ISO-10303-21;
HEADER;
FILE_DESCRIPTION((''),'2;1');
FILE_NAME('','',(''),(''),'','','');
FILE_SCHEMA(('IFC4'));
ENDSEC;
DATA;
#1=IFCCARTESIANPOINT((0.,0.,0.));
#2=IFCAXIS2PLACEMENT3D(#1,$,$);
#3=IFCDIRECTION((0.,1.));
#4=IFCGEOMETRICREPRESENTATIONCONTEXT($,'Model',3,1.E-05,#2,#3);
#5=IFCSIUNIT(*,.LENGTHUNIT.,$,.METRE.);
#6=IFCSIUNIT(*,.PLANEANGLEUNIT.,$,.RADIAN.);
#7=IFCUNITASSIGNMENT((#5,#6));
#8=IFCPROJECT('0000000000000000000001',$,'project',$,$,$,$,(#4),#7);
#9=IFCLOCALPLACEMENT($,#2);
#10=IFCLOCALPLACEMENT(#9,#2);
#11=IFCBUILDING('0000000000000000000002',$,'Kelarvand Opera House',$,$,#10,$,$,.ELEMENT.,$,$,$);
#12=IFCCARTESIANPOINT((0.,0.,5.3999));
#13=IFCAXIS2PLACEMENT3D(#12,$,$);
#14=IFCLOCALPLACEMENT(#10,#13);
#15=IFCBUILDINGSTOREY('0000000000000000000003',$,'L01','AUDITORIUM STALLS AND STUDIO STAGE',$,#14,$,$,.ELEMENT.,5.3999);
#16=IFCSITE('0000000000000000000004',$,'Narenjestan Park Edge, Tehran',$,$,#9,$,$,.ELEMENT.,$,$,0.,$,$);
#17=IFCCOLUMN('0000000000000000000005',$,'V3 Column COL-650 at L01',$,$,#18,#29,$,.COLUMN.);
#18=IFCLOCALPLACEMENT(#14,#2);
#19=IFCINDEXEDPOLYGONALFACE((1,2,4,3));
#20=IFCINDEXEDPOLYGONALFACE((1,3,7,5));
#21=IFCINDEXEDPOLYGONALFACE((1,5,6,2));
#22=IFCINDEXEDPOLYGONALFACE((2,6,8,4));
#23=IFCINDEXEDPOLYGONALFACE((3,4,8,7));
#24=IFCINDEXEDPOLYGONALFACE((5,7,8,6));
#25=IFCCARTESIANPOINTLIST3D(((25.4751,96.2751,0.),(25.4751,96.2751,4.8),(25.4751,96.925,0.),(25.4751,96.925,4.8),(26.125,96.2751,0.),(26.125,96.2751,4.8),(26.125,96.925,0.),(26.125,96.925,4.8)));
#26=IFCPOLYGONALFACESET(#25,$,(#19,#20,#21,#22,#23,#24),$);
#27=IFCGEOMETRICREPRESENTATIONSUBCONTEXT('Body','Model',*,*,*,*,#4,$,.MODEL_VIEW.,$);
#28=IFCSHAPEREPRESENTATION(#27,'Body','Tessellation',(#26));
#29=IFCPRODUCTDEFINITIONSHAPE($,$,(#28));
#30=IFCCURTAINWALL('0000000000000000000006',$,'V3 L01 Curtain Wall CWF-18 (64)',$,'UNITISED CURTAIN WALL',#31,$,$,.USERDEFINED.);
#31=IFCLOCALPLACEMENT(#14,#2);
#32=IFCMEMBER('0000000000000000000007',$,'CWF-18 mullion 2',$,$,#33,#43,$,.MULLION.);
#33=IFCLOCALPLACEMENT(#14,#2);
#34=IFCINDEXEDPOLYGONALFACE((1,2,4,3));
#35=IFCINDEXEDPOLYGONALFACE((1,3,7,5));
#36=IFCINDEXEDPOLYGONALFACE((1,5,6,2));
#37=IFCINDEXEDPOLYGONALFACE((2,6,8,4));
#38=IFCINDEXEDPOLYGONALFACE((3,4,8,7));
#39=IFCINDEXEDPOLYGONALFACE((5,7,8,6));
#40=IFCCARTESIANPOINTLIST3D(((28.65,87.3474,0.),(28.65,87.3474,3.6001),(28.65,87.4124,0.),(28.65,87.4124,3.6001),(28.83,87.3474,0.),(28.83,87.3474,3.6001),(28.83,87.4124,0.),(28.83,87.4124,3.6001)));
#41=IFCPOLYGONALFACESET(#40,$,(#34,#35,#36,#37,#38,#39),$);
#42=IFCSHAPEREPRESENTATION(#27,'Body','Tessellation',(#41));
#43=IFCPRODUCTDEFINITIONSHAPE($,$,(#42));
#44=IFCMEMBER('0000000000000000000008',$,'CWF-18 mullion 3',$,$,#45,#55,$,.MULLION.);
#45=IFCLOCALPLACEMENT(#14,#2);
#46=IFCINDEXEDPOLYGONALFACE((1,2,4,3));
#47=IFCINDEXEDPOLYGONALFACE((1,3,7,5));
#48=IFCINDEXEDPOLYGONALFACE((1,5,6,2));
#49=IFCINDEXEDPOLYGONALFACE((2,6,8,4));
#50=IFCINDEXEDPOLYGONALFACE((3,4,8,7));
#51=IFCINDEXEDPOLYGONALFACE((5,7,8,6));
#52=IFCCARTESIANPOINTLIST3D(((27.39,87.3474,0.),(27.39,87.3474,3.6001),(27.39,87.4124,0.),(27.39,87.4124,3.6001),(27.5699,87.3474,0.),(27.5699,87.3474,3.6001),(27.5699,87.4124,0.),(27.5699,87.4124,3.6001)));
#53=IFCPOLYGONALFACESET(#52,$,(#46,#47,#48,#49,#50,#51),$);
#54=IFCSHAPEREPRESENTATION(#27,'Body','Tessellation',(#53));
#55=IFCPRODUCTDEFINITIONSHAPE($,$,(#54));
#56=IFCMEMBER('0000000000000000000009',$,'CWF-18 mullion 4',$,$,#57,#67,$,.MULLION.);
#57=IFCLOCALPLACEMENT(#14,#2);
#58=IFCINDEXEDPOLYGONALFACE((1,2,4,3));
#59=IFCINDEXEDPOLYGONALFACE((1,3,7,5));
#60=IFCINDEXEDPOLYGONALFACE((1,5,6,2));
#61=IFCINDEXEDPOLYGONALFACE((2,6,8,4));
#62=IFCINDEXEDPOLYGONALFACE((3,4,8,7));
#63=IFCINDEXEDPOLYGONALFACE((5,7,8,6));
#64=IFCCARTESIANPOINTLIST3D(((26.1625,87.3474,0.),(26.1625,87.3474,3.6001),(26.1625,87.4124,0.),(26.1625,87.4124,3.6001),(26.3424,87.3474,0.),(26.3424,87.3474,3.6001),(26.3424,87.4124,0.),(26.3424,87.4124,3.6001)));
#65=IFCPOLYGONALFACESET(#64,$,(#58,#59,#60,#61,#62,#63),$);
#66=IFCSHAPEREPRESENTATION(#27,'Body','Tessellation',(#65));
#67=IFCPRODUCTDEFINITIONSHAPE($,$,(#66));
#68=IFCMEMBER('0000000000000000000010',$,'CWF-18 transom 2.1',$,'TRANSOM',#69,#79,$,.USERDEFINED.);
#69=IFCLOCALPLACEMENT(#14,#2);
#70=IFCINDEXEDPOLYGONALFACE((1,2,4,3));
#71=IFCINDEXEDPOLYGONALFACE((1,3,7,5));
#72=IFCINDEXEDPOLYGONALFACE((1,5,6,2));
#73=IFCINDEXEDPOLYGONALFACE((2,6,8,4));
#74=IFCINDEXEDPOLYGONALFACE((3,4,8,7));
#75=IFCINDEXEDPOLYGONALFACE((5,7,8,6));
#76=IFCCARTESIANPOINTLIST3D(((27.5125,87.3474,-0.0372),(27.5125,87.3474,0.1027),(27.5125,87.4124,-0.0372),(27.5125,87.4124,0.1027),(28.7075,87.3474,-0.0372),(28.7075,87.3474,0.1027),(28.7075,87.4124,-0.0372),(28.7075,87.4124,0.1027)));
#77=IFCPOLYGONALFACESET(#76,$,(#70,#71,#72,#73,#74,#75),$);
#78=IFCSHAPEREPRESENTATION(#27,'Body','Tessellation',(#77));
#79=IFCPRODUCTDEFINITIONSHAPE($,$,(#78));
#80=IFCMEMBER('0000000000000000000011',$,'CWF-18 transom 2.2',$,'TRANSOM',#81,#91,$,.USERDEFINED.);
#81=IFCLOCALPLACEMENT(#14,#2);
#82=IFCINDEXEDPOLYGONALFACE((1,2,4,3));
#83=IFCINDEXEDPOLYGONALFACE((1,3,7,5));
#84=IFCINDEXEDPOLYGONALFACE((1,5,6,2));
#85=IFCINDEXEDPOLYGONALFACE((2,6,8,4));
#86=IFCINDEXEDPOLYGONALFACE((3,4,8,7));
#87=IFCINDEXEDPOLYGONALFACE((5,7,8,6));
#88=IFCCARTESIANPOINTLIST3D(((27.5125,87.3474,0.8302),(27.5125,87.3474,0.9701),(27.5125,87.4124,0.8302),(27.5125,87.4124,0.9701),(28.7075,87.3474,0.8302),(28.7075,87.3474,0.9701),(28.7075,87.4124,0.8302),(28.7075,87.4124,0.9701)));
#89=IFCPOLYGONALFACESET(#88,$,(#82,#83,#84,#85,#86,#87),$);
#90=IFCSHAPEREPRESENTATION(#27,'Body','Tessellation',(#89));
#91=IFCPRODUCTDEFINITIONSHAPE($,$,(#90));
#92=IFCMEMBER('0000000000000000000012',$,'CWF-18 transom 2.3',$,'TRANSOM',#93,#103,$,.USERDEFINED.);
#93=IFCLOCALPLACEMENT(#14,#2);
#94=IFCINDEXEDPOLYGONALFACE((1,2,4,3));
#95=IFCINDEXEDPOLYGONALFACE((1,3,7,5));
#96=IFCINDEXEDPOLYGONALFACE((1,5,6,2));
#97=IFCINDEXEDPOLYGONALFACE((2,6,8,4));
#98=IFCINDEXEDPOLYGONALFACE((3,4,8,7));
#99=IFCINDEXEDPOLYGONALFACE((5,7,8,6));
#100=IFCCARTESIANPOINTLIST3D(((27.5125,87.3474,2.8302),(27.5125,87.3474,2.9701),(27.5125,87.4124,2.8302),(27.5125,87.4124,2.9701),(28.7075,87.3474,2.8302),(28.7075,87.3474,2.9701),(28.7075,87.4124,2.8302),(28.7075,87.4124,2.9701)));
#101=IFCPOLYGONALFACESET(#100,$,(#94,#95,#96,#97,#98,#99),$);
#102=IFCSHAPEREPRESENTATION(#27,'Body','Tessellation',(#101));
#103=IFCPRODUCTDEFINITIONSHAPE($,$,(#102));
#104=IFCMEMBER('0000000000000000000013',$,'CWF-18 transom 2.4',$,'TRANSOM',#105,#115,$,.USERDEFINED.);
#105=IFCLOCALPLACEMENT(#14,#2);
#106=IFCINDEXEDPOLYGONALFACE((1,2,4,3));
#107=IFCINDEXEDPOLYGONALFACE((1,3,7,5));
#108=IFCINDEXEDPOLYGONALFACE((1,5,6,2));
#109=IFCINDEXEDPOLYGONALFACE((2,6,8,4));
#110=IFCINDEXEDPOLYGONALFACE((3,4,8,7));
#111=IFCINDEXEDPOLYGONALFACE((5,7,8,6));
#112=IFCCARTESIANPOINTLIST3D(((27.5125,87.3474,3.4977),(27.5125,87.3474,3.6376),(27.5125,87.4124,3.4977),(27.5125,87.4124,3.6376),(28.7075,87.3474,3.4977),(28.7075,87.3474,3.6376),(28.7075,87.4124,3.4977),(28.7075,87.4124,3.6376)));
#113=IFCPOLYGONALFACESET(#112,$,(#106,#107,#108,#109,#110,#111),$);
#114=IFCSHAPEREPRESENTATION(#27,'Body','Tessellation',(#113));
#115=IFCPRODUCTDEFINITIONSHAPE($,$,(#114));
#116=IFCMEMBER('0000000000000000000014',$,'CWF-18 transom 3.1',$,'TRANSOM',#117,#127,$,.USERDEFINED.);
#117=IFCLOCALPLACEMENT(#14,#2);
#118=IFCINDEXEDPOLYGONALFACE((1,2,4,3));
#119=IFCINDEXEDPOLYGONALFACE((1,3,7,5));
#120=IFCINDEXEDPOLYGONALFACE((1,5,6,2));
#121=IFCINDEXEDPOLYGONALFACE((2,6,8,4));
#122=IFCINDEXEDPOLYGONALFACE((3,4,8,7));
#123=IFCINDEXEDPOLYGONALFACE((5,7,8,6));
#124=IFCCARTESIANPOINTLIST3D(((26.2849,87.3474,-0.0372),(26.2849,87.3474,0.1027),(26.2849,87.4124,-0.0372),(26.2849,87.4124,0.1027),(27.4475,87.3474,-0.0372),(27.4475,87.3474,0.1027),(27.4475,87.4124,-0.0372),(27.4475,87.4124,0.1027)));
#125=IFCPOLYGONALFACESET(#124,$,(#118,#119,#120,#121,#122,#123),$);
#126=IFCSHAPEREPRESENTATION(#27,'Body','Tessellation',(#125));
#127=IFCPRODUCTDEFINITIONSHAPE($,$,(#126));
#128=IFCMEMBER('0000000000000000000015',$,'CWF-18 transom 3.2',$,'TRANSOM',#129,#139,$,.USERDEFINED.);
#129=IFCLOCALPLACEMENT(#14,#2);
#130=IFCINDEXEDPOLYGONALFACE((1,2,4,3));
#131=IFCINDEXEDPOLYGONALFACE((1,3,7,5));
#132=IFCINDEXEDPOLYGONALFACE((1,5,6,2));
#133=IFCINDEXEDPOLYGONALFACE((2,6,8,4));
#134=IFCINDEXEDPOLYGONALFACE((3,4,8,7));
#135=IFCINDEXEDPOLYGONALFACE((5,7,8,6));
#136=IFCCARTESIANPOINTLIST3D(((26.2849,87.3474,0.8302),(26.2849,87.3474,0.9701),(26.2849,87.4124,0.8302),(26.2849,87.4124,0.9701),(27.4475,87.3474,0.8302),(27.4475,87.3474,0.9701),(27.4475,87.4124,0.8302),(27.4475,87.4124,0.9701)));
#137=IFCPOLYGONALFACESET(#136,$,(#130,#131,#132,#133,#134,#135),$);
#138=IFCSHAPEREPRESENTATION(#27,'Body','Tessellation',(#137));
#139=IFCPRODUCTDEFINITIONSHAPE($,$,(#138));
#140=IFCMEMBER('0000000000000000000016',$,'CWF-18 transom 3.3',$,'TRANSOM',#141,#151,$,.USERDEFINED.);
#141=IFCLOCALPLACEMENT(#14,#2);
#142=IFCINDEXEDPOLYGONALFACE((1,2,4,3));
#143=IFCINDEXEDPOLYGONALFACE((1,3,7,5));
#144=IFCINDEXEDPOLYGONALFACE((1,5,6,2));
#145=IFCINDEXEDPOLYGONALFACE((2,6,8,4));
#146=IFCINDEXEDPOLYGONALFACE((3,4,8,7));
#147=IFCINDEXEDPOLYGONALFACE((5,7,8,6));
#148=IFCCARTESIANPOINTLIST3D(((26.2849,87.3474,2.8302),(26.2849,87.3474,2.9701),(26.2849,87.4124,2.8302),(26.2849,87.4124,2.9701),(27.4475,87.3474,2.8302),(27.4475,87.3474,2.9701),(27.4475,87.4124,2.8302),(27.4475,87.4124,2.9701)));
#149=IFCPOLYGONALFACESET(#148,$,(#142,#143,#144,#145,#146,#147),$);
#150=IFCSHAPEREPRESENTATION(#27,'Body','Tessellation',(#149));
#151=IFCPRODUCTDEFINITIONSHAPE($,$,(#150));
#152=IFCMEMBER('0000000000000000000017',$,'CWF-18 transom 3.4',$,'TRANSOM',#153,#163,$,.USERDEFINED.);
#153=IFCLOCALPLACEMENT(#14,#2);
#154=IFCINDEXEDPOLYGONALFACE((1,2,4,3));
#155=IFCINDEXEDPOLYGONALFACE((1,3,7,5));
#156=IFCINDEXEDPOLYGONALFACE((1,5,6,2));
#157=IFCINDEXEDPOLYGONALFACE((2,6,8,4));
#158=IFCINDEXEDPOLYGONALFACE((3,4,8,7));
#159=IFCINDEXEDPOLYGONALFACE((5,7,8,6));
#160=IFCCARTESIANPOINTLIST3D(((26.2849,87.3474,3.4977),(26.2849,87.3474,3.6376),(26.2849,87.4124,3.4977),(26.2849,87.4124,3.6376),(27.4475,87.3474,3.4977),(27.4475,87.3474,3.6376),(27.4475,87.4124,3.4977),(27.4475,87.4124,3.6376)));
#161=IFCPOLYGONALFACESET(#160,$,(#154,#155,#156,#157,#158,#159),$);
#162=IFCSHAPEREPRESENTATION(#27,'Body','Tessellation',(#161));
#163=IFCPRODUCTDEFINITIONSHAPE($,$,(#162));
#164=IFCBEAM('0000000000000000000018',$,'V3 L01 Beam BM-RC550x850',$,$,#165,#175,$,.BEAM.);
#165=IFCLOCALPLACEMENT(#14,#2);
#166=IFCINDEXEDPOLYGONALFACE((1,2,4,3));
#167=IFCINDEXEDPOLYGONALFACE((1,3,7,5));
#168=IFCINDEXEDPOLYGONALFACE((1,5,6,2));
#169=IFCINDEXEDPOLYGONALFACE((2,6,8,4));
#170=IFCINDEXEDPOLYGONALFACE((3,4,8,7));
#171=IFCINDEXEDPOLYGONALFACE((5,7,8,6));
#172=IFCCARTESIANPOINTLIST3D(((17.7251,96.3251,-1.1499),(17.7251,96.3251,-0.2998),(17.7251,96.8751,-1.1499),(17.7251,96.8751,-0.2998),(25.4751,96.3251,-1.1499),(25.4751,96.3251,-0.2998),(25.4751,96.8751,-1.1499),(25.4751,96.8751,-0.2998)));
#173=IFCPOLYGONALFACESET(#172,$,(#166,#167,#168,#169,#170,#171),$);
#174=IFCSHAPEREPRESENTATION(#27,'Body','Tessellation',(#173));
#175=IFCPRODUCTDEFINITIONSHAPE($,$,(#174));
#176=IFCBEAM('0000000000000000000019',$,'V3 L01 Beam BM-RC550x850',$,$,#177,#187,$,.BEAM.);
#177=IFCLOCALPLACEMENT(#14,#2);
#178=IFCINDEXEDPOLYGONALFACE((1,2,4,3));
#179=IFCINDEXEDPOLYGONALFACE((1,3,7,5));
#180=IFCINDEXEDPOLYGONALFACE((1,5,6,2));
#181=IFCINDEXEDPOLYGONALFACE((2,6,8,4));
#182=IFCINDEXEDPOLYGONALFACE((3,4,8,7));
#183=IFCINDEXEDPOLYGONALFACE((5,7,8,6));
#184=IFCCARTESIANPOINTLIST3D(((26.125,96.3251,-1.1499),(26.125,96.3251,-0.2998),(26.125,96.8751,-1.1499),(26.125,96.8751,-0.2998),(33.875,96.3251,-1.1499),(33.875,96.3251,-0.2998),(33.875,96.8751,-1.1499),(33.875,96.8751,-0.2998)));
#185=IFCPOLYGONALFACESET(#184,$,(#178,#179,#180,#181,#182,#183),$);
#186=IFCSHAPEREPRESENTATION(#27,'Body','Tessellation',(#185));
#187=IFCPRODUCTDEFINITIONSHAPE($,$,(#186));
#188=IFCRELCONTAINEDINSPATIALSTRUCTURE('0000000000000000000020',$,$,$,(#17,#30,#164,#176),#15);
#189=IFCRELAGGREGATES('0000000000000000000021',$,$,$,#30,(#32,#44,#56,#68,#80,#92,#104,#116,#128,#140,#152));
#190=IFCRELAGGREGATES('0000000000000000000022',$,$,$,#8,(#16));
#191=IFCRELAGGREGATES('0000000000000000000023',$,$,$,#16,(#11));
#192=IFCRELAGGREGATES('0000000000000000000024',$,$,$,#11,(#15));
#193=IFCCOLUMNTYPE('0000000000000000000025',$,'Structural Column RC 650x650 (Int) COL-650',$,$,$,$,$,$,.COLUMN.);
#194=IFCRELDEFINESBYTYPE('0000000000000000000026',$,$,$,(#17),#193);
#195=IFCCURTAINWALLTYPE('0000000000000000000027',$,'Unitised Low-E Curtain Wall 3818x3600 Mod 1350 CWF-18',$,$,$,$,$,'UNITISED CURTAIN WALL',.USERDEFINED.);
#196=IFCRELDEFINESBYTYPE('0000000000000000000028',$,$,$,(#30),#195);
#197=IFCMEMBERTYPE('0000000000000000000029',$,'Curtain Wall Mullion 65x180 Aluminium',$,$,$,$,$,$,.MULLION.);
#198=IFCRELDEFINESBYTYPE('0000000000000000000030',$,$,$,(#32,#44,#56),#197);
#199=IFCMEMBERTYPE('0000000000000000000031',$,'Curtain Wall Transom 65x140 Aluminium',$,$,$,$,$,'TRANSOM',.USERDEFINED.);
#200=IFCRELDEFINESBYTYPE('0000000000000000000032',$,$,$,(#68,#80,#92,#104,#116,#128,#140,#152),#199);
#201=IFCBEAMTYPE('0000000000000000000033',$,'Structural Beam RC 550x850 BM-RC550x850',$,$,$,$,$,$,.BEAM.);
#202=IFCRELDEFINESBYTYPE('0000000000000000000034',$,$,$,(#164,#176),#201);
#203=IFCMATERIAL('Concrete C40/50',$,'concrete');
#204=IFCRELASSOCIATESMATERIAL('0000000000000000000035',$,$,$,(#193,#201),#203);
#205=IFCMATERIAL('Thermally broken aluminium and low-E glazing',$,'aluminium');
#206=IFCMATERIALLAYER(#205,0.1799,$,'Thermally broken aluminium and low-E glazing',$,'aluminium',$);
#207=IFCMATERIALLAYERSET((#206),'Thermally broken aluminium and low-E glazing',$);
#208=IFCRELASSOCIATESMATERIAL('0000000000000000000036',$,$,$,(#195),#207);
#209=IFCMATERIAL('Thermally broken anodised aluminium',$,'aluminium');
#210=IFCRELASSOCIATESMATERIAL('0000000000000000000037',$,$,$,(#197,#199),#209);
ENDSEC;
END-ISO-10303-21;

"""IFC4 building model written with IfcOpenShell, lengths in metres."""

from ifc_helpers import new_model, si_unit, direction, frame, origin, origin_2d, place, context, subcontext, project, spatial, rectangle, extrude, material, layer, layer_set, material_profile, profile_set, type_object, element, aggregate, save


model = new_model("IFC4")

# Units and contexts
model_context = context("Model", 3, precision=1e-05, world=origin(), true_north=direction((0.0, 1.0)))
body_context = subcontext(model_context, "Body", "Model", "MODEL_VIEW")
ifc_project = project(units=[si_unit("LENGTHUNIT", "METRE"), si_unit("PLANEANGLEUNIT", "RADIAN")], contexts=[model_context])

# Site, building, storey
site_placement = place(None, origin())
site = spatial("IfcSite", under=ifc_project, at=site_placement, Name="Narenjestan Park Edge, Tehran", CompositionType="ELEMENT", RefElevation=0.0)
building_placement = place(site_placement, origin())
building = spatial("IfcBuilding", under=site, at=building_placement, Name="Kelarvand Opera House", CompositionType="ELEMENT")
storey_placement = place(building_placement, frame((0.0, 0.0, 5.3999)))
storey = spatial("IfcBuildingStorey", under=building, at=storey_placement, Name="L01", Description="AUDITORIUM STALLS AND STUDIO STAGE", CompositionType="ELEMENT", Elevation=5.3999)

# Column
ifc_material_1 = material(Name="Concrete C40/50", Category="concrete")
ifc_material_profile_1 = material_profile(ifc_material_1, rectangle(XDim=0.6499, YDim=0.6499, at=origin_2d()), Name="RC 650x650", Category="concrete")
ifc_profile_set_1 = profile_set([ifc_material_profile_1], Name="Concrete C40/50")
column_type = type_object("IfcColumnType", Name="Structural Column RC 650x650 (Int) COL-650", PredefinedType="COLUMN", material=ifc_profile_set_1)
column_placement = place(storey_placement, frame((25.8, 96.6001, 0.0), z_axis=(0.0, 0.0, 1.0), x_axis=(1.0, 0.0, 0.0)))
element("IfcColumn", 1, at=column_placement, inside=storey, type_object=column_type, Name="V3 Column COL-650 at L01", PredefinedType="COLUMN", context=body_context, shape_type="SweptSolid", body=[
    extrude(rectangle(XDim=0.6499, YDim=0.6499, at=origin_2d()), origin(), (0.0, 0.0, 1.0), 4.8),
])

# Curtain wall, members
ifc_material_2 = material(Name="Thermally broken aluminium and low-E glazing", Category="aluminium")
ifc_layer_1 = layer(ifc_material_2, 0.1799, Name="Thermally broken aluminium and low-E glazing", Category="aluminium")
ifc_layer_set_1 = layer_set([ifc_layer_1], Name="Thermally broken aluminium and low-E glazing")
curtain_wall_type = type_object("IfcCurtainWallType", Name="Unitised Low-E Curtain Wall 3818x3600 Mod 1350 CWF-18", ElementType="UNITISED CURTAIN WALL", PredefinedType="USERDEFINED", material=ifc_layer_set_1)
curtain_wall_placement = place(storey_placement, origin())
curtain_wall = element("IfcCurtainWall", 2, at=curtain_wall_placement, inside=storey, type_object=curtain_wall_type, Name="V3 L01 Curtain Wall CWF-18 (64)", ObjectType="UNITISED CURTAIN WALL", PredefinedType="USERDEFINED")
ifc_material_3 = material(Name="Thermally broken anodised aluminium", Category="aluminium")
ifc_material_profile_2 = material_profile(ifc_material_3, rectangle(XDim=0.0649, YDim=0.1799, at=origin_2d()), Name="ALU MULLION 65x180", Category="aluminium")
ifc_profile_set_2 = profile_set([ifc_material_profile_2], Name="Thermally broken anodised aluminium")
member_type_1 = type_object("IfcMemberType", Name="Curtain Wall Mullion 65x180 Aluminium", PredefinedType="MULLION", material=ifc_profile_set_2)
member_1_placement = place(storey_placement, frame((28.74, 87.3799, 0.0), z_axis=(0.0, 0.0, 1.0), x_axis=(0.0, -1.0, 0.0)))
member_1 = element("IfcMember", 3, at=member_1_placement, type_object=member_type_1, Name="CWF-18 mullion 2", PredefinedType="MULLION", context=body_context, shape_type="SweptSolid", body=[
    extrude(rectangle(XDim=0.0649, YDim=0.1799, at=origin_2d()), origin(), (0.0, 0.0, 1.0), 3.6001),
])
member_2_placement = place(storey_placement, frame((27.48, 87.3799, 0.0), z_axis=(0.0, 0.0, 1.0), x_axis=(0.0, -1.0, 0.0)))
member_2 = element("IfcMember", 4, at=member_2_placement, type_object=member_type_1, Name="CWF-18 mullion 3", PredefinedType="MULLION", context=body_context, shape_type="SweptSolid", body=[
    extrude(rectangle(XDim=0.0649, YDim=0.1799, at=origin_2d()), origin(), (0.0, 0.0, 1.0), 3.6001),
])
member_3_placement = place(storey_placement, frame((26.2524, 87.3799, 0.0), z_axis=(0.0, 0.0, 1.0), x_axis=(0.0, -1.0, 0.0)))
member_3 = element("IfcMember", 5, at=member_3_placement, type_object=member_type_1, Name="CWF-18 mullion 4", PredefinedType="MULLION", context=body_context, shape_type="SweptSolid", body=[
    extrude(rectangle(XDim=0.0649, YDim=0.1799, at=origin_2d()), origin(), (0.0, 0.0, 1.0), 3.6001),
])
ifc_material_profile_3 = material_profile(ifc_material_3, rectangle(XDim=0.0649, YDim=0.1399, at=origin_2d()), Name="ALU TRANSOM 65x140", Category="aluminium")
ifc_profile_set_3 = profile_set([ifc_material_profile_3], Name="Thermally broken anodised aluminium")
member_type_2 = type_object("IfcMemberType", Name="Curtain Wall Transom 65x140 Aluminium", ElementType="TRANSOM", PredefinedType="USERDEFINED", material=ifc_profile_set_3)
member_4_placement = place(storey_placement, frame((28.7075, 87.3799, 0.0327), z_axis=(-1.0, 0.0, 0.0), x_axis=(0.0, -1.0, 0.0)))
member_4 = element("IfcMember", 6, at=member_4_placement, type_object=member_type_2, Name="CWF-18 transom 2.1", ObjectType="TRANSOM", PredefinedType="USERDEFINED", context=body_context, shape_type="SweptSolid", body=[
    extrude(rectangle(XDim=0.0649, YDim=0.1399, at=origin_2d()), origin(), (0.0, 0.0, 1.0), 1.1951),
])
member_5_placement = place(storey_placement, frame((28.7075, 87.3799, 0.9001), z_axis=(-1.0, 0.0, 0.0), x_axis=(0.0, -1.0, 0.0)))
member_5 = element("IfcMember", 7, at=member_5_placement, type_object=member_type_2, Name="CWF-18 transom 2.2", ObjectType="TRANSOM", PredefinedType="USERDEFINED", context=body_context, shape_type="SweptSolid", body=[
    extrude(rectangle(XDim=0.0649, YDim=0.1399, at=origin_2d()), origin(), (0.0, 0.0, 1.0), 1.1951),
])
member_6_placement = place(storey_placement, frame((28.7075, 87.3799, 2.9001), z_axis=(-1.0, 0.0, 0.0), x_axis=(0.0, -1.0, 0.0)))
member_6 = element("IfcMember", 8, at=member_6_placement, type_object=member_type_2, Name="CWF-18 transom 2.3", ObjectType="TRANSOM", PredefinedType="USERDEFINED", context=body_context, shape_type="SweptSolid", body=[
    extrude(rectangle(XDim=0.0649, YDim=0.1399, at=origin_2d()), origin(), (0.0, 0.0, 1.0), 1.1951),
])
member_7_placement = place(storey_placement, frame((28.7075, 87.3799, 3.5676), z_axis=(-1.0, 0.0, 0.0), x_axis=(0.0, -1.0, 0.0)))
member_7 = element("IfcMember", 9, at=member_7_placement, type_object=member_type_2, Name="CWF-18 transom 2.4", ObjectType="TRANSOM", PredefinedType="USERDEFINED", context=body_context, shape_type="SweptSolid", body=[
    extrude(rectangle(XDim=0.0649, YDim=0.1399, at=origin_2d()), origin(), (0.0, 0.0, 1.0), 1.1951),
])
member_8_placement = place(storey_placement, frame((27.4475, 87.3799, 0.0327), z_axis=(-1.0, 0.0, 0.0), x_axis=(0.0, -1.0, 0.0)))
member_8 = element("IfcMember", 10, at=member_8_placement, type_object=member_type_2, Name="CWF-18 transom 3.1", ObjectType="TRANSOM", PredefinedType="USERDEFINED", context=body_context, shape_type="SweptSolid", body=[
    extrude(rectangle(XDim=0.0649, YDim=0.1399, at=origin_2d()), origin(), (0.0, 0.0, 1.0), 1.1626),
])
member_9_placement = place(storey_placement, frame((27.4475, 87.3799, 0.9001), z_axis=(-1.0, 0.0, 0.0), x_axis=(0.0, -1.0, 0.0)))
member_9 = element("IfcMember", 11, at=member_9_placement, type_object=member_type_2, Name="CWF-18 transom 3.2", ObjectType="TRANSOM", PredefinedType="USERDEFINED", context=body_context, shape_type="SweptSolid", body=[
    extrude(rectangle(XDim=0.0649, YDim=0.1399, at=origin_2d()), origin(), (0.0, 0.0, 1.0), 1.1626),
])
member_10_placement = place(storey_placement, frame((27.4475, 87.3799, 2.9001), z_axis=(-1.0, 0.0, 0.0), x_axis=(0.0, -1.0, 0.0)))
member_10 = element("IfcMember", 12, at=member_10_placement, type_object=member_type_2, Name="CWF-18 transom 3.3", ObjectType="TRANSOM", PredefinedType="USERDEFINED", context=body_context, shape_type="SweptSolid", body=[
    extrude(rectangle(XDim=0.0649, YDim=0.1399, at=origin_2d()), origin(), (0.0, 0.0, 1.0), 1.1626),
])
member_11_placement = place(storey_placement, frame((27.4475, 87.3799, 3.5676), z_axis=(-1.0, 0.0, 0.0), x_axis=(0.0, -1.0, 0.0)))
member_11 = element("IfcMember", 13, at=member_11_placement, type_object=member_type_2, Name="CWF-18 transom 3.4", ObjectType="TRANSOM", PredefinedType="USERDEFINED", context=body_context, shape_type="SweptSolid", body=[
    extrude(rectangle(XDim=0.0649, YDim=0.1399, at=origin_2d()), origin(), (0.0, 0.0, 1.0), 1.1626),
])

# Beams
ifc_material_profile_4 = material_profile(ifc_material_1, rectangle(XDim=0.55, YDim=0.8501, at=origin_2d()), Name="RC 550x850", Category="concrete")
ifc_profile_set_4 = profile_set([ifc_material_profile_4], Name="Concrete C40/50")
beam_type_1 = type_object("IfcBeamType", Name="Structural Beam RC 550x850 BM-RC550x850", PredefinedType="BEAM", material=ifc_profile_set_4)
for number, where, z_axis, x_axis, name in (
    (14, (17.7251, 96.6001, -0.7249), (1.0, 0.0, 0.0), (0.0, 1.0, 0.0), "V3 L01 Beam BM-RC550x850"),
    (15, (26.125, 96.6001, -0.7249), (1.0, 0.0, 0.0), (0.0, 1.0, 0.0), "V3 L01 Beam BM-RC550x850"),
):
    element("IfcBeam", number, at=place(storey_placement, frame(where, z_axis=z_axis, x_axis=x_axis)), inside=storey, type_object=beam_type_1, Name=name, PredefinedType="BEAM", context=body_context, shape_type="SweptSolid", body=[
        extrude(rectangle(XDim=0.55, YDim=0.8501, at=origin_2d()), origin(), (0.0, 0.0, 1.0), 7.75),
    ])

aggregate(curtain_wall, [member_1, member_2, member_3, member_4, member_5, member_6, member_7, member_8, member_9, member_10, member_11])

save(model, "model.ifc")
